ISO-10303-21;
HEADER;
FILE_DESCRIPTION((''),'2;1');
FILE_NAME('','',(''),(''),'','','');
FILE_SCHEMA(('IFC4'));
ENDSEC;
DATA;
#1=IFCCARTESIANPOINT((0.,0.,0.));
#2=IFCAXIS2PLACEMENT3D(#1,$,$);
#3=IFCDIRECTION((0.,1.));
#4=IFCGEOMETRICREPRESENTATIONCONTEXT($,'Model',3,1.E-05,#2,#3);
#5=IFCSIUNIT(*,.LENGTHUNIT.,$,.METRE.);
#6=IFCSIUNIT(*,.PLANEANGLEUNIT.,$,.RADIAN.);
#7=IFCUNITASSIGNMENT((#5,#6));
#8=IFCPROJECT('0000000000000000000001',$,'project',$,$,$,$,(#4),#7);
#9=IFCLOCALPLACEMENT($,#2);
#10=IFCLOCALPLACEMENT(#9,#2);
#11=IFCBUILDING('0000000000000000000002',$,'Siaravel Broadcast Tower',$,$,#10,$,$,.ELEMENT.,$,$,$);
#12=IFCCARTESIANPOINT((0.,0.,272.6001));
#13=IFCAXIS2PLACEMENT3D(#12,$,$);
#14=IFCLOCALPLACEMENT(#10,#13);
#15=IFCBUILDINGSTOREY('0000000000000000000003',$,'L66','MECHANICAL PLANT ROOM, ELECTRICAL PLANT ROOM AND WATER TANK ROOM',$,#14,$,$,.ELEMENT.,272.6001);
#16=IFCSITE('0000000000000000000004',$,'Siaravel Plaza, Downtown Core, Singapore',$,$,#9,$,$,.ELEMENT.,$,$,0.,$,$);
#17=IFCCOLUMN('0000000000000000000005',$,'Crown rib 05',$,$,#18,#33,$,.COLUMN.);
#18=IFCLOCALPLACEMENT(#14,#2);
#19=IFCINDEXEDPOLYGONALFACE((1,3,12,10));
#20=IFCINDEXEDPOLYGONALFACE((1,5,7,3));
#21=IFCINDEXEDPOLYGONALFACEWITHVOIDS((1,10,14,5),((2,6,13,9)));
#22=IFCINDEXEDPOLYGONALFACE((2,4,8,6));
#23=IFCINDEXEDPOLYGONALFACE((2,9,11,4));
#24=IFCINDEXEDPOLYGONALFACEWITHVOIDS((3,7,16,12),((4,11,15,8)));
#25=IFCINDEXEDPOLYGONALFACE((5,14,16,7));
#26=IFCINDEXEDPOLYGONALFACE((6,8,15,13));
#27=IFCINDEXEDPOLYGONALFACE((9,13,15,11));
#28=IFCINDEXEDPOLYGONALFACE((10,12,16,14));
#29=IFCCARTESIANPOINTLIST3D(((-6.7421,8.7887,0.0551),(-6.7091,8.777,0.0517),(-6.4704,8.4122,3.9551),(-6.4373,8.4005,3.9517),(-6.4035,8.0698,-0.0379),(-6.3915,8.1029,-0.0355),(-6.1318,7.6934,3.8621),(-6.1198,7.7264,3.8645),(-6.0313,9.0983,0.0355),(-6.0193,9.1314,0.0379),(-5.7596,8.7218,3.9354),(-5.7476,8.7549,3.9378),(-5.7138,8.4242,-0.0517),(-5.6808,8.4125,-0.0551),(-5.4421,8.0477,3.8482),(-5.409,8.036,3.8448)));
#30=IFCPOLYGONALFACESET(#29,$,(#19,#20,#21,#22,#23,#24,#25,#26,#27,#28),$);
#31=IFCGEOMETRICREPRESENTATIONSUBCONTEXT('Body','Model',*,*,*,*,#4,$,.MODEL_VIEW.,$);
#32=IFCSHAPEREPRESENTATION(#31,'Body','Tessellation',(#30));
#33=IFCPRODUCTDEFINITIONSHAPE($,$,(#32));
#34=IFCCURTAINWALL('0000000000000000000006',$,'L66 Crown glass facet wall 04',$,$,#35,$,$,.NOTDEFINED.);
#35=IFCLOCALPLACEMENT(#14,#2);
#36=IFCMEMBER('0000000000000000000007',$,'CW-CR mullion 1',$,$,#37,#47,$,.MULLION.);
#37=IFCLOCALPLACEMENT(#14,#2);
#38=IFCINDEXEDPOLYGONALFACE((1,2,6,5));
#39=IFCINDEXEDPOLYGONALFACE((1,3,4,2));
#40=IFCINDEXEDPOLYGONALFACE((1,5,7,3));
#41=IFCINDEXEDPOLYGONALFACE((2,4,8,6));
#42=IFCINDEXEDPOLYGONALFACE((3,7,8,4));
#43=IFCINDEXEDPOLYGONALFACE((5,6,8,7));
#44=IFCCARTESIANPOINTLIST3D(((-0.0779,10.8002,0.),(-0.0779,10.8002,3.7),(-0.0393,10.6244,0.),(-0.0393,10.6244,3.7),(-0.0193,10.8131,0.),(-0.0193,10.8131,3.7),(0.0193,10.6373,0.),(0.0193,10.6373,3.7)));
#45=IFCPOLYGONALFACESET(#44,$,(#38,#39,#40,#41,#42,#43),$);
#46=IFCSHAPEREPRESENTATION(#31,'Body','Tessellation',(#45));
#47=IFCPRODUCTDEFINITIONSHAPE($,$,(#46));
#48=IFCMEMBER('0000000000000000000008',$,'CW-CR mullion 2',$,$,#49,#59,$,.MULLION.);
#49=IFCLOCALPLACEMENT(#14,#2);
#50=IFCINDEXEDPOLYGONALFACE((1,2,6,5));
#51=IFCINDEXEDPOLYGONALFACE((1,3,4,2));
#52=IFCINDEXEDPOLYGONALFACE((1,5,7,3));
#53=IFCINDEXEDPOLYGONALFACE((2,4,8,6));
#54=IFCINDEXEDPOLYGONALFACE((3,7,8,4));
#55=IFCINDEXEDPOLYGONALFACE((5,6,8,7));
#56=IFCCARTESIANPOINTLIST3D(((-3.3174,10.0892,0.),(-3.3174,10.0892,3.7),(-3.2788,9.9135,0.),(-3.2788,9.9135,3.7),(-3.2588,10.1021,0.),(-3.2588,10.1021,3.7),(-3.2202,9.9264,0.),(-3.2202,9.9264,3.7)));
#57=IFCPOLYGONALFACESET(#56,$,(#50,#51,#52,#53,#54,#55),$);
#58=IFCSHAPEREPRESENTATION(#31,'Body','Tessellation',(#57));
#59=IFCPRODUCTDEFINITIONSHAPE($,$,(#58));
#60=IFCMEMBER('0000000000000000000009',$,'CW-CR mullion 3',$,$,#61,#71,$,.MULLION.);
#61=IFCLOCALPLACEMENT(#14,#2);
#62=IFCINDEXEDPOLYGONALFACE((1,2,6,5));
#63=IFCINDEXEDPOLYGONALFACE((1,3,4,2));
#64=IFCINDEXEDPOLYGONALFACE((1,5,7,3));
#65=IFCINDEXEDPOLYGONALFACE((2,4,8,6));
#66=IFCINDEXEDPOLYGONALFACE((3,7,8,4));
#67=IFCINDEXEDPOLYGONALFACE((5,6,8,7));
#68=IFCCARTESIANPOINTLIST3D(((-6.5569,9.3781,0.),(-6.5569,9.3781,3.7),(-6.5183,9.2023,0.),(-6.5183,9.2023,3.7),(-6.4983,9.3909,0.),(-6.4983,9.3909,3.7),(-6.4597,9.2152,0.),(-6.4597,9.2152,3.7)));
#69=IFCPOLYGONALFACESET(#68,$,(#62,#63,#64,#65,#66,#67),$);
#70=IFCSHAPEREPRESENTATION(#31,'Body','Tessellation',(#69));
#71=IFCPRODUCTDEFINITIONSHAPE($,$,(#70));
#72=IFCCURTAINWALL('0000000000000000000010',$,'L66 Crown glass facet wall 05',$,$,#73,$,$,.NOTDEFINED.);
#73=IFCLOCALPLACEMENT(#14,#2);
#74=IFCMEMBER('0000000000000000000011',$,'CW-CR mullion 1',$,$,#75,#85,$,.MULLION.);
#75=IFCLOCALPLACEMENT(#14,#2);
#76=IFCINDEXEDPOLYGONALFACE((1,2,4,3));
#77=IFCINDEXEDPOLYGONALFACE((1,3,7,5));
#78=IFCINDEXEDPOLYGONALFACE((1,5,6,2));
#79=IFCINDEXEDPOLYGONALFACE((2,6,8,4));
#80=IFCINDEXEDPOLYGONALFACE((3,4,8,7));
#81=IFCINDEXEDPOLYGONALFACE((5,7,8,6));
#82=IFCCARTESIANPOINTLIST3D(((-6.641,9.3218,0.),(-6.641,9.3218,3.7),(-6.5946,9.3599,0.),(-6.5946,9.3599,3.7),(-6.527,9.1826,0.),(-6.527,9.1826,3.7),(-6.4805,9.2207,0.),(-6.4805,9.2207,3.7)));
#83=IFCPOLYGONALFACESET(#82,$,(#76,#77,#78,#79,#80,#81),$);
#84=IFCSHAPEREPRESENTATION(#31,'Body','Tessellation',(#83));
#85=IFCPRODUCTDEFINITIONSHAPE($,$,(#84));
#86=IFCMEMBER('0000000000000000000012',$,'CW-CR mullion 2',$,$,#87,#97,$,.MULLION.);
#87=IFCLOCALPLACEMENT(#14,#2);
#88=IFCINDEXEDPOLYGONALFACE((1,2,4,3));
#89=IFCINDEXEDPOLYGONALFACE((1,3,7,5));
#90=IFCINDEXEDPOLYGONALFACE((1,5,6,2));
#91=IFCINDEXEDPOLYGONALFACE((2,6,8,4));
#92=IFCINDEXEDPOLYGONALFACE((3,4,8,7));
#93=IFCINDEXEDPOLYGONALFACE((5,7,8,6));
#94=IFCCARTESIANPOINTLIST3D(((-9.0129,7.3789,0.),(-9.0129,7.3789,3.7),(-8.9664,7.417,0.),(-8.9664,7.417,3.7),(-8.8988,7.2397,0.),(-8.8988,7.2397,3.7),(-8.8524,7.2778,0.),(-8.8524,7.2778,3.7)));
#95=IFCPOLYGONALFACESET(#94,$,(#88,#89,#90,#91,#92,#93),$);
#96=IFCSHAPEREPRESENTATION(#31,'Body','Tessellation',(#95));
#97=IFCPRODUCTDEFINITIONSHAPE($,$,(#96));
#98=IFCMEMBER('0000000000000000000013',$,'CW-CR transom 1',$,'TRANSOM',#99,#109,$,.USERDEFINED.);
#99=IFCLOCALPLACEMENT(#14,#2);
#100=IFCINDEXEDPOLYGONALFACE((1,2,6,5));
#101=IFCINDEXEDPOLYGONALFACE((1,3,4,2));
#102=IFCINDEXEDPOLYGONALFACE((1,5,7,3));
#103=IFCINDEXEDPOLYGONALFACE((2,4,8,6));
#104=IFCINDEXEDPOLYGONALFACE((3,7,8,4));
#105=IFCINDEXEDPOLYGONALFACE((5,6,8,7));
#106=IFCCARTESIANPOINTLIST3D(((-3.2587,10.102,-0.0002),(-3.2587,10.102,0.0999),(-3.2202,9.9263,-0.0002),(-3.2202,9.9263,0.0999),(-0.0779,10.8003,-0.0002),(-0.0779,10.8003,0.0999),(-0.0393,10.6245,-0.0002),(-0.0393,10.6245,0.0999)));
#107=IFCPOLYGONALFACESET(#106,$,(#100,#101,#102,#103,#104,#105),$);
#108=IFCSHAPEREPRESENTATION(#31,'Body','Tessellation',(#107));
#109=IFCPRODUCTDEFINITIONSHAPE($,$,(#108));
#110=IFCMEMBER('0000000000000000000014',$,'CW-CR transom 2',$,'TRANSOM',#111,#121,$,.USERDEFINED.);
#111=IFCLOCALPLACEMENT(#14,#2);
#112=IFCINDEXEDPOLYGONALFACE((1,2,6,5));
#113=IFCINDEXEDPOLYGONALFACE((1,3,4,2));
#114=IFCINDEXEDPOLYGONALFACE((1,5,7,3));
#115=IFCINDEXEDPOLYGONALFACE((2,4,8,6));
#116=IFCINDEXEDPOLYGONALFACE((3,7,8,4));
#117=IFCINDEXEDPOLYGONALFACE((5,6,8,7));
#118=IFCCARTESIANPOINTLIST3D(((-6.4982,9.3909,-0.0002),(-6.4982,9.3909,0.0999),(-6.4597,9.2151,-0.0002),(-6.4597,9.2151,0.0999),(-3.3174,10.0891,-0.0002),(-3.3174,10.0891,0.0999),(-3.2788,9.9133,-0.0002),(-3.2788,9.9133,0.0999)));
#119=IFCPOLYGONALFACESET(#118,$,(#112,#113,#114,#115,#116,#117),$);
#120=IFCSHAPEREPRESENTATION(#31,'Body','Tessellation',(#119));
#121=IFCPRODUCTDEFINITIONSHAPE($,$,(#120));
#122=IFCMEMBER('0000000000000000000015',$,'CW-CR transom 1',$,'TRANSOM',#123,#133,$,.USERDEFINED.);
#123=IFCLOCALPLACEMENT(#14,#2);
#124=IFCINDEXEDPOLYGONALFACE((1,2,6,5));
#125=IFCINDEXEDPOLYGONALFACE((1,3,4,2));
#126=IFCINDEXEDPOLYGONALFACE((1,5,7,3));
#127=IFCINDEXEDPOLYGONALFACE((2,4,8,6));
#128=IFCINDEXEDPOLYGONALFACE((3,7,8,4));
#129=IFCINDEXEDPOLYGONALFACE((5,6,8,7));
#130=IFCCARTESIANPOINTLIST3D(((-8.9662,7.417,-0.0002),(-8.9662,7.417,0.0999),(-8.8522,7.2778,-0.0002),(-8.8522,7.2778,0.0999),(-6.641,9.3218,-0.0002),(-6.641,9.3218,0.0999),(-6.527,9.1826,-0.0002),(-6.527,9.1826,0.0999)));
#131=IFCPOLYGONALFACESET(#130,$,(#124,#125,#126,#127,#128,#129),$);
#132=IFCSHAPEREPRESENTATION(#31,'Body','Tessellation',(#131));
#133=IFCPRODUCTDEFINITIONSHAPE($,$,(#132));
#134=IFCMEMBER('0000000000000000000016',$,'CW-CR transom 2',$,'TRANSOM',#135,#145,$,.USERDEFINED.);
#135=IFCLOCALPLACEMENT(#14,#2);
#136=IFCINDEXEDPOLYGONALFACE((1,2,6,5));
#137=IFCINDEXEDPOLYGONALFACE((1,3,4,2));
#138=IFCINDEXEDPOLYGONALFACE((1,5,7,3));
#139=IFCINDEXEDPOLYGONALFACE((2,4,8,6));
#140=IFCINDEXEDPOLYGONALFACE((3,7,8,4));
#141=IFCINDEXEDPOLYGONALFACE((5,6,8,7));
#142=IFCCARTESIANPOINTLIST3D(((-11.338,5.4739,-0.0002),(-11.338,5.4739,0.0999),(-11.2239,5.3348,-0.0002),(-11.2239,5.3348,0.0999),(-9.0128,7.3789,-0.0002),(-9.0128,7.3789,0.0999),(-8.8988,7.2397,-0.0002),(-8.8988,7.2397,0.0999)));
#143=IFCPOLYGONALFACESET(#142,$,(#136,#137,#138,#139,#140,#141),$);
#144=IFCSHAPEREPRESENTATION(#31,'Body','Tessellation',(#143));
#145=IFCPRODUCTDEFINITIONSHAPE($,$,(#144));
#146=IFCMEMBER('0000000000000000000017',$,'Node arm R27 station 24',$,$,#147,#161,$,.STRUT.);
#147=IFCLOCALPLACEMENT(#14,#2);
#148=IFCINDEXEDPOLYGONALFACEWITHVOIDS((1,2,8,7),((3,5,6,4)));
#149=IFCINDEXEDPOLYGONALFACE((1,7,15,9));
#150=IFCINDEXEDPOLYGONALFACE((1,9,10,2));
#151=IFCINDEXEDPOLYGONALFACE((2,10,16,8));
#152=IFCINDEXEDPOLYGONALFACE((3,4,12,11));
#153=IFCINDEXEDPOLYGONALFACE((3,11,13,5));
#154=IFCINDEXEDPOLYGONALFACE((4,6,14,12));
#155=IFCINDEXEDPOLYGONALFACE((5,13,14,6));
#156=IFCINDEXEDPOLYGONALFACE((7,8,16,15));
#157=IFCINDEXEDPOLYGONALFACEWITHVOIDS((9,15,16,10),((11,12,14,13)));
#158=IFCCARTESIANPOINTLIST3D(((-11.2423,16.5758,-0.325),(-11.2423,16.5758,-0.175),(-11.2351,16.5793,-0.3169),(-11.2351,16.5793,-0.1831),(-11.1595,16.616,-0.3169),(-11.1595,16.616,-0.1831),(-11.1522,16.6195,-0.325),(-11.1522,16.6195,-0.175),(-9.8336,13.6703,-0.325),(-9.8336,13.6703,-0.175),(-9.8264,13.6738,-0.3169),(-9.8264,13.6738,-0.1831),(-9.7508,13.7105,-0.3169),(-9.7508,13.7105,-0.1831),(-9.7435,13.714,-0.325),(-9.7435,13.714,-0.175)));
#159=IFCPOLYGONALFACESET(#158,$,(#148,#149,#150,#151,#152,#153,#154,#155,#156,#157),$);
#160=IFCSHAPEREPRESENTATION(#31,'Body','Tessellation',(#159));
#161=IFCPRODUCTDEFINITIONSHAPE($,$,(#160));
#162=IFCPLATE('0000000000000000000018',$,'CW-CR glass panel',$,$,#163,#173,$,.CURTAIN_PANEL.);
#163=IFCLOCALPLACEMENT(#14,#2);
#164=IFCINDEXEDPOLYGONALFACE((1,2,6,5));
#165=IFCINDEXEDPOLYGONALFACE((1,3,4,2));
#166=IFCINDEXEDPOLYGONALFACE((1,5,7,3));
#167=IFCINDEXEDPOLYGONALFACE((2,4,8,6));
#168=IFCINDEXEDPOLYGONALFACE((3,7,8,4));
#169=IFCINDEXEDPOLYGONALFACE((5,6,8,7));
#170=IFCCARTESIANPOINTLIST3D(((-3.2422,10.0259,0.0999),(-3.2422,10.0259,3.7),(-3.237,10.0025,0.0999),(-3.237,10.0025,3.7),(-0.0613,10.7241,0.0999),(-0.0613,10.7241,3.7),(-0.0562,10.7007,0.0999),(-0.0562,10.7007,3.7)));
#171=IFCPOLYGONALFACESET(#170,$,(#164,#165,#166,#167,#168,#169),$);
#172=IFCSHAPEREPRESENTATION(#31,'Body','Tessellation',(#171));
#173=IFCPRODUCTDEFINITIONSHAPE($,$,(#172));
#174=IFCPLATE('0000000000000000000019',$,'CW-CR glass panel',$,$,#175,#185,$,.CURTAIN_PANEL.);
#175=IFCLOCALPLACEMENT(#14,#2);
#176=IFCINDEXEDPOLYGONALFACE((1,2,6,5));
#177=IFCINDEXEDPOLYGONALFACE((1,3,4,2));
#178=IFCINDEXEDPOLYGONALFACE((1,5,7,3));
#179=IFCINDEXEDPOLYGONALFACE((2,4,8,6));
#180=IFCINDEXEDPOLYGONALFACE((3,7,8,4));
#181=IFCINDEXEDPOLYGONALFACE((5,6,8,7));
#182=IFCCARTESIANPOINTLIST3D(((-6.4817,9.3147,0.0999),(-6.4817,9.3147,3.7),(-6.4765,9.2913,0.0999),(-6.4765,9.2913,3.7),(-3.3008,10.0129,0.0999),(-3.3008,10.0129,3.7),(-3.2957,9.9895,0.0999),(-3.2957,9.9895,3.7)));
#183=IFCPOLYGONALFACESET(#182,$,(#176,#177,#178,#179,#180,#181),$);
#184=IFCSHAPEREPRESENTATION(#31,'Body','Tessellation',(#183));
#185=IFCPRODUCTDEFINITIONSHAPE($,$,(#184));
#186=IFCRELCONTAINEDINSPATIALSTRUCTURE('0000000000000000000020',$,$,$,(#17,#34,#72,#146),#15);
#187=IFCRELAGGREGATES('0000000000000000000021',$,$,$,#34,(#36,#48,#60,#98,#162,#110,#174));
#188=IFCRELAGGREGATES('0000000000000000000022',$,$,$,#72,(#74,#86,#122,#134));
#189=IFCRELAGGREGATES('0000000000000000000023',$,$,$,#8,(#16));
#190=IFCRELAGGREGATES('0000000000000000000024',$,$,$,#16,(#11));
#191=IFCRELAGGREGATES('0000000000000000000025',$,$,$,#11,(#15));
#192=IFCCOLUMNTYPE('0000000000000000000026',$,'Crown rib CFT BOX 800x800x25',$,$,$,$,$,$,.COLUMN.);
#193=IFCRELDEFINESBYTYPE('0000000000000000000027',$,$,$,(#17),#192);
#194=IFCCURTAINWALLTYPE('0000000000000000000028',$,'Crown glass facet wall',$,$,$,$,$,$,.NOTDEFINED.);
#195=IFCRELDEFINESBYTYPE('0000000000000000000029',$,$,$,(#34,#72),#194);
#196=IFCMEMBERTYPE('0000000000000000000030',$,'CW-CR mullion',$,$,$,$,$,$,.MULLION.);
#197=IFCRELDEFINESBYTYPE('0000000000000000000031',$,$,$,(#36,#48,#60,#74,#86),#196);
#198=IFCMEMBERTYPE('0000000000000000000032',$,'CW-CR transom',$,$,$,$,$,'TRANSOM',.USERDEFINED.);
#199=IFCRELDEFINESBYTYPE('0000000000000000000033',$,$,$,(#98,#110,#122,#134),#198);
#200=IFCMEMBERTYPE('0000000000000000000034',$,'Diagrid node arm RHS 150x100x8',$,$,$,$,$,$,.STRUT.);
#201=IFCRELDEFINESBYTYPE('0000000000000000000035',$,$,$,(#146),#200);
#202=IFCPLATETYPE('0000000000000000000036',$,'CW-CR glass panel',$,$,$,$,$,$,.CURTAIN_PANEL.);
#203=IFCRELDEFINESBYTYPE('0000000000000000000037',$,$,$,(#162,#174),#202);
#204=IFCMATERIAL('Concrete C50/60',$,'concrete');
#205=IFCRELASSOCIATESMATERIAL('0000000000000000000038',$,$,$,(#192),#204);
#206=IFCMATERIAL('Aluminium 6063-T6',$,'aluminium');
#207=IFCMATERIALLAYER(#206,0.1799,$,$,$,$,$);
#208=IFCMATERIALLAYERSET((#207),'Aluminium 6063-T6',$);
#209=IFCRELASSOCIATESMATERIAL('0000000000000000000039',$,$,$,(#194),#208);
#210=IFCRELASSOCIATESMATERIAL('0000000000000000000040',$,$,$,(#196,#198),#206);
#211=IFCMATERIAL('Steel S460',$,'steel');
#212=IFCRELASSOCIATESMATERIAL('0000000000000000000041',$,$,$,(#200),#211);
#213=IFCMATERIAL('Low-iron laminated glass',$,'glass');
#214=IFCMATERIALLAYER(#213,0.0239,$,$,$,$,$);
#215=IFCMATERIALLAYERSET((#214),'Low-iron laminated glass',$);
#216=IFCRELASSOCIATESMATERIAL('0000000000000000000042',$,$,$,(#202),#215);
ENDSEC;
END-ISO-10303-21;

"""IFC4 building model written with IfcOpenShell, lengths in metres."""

from ifc_helpers import new_model, si_unit, direction, frame, origin, origin_2d, place, context, subcontext, project, spatial, rectangle, hollow_rectangle, extrude, material, layer, layer_set, material_profile, profile_set, type_object, element, aggregate, save


model = new_model("IFC4")

# Units and contexts
model_context = context("Model", 3, precision=1e-05, world=origin(), true_north=direction((0.0, 1.0)))
body_context = subcontext(model_context, "Body", "Model", "MODEL_VIEW")
ifc_project = project(units=[si_unit("LENGTHUNIT", "METRE"), si_unit("PLANEANGLEUNIT", "RADIAN")], contexts=[model_context])

# Site, building, storey
site_placement = place(None, origin())
site = spatial("IfcSite", under=ifc_project, at=site_placement, Name="Siaravel Plaza, Downtown Core, Singapore", CompositionType="ELEMENT", RefElevation=0.0)
building_placement = place(site_placement, origin())
building = spatial("IfcBuilding", under=site, at=building_placement, Name="Siaravel Broadcast Tower", CompositionType="ELEMENT")
storey_placement = place(building_placement, frame((0.0, 0.0, 272.6001)))
storey = spatial("IfcBuildingStorey", under=building, at=storey_placement, Name="L66", Description="MECHANICAL PLANT ROOM, ELECTRICAL PLANT ROOM AND WATER TANK ROOM", CompositionType="ELEMENT", Elevation=272.6001)

# Column
ifc_material_1 = material(Name="Concrete C50/60", Category="concrete")
ifc_material_profile_1 = material_profile(ifc_material_1, hollow_rectangle(XDim=0.8, YDim=0.8, WallThickness=0.0249, at=origin_2d()))
ifc_profile_set_1 = profile_set([ifc_material_profile_1], Name="Concrete C50/60")
column_type = type_object("IfcColumnType", Name="Crown rib CFT BOX 800x800x25", PredefinedType="COLUMN", material=ifc_profile_set_1)
column_placement = place(storey_placement, frame((-6.2114, 8.6006, 0.0), z_axis=(0.069187, -0.095855, 0.992988), x_axis=(0.903382, 0.428292, -0.0216)))
element("IfcColumn", 1, at=column_placement, inside=storey, type_object=column_type, Name="Crown rib 05", PredefinedType="COLUMN", context=body_context, shape_type="SweptSolid", body=[
    extrude(hollow_rectangle(XDim=0.8, YDim=0.8, WallThickness=0.0249, at=origin_2d()), origin(), (0.0, 0.0, 1.0), 3.9275),
])

# Curtain walls, members
ifc_material_2 = material(Name="Aluminium 6063-T6", Category="aluminium")
ifc_layer_1 = layer(ifc_material_2, 0.1799)
ifc_layer_set_1 = layer_set([ifc_layer_1], Name="Aluminium 6063-T6")
curtain_wall_type = type_object("IfcCurtainWallType", Name="Crown glass facet wall", PredefinedType="NOTDEFINED", material=ifc_layer_set_1)
curtain_wall_1_placement = place(storey_placement, origin())
curtain_wall_1 = element("IfcCurtainWall", 2, at=curtain_wall_1_placement, inside=storey, type_object=curtain_wall_type, Name="L66 Crown glass facet wall 04", PredefinedType="NOTDEFINED")
ifc_material_profile_2 = material_profile(ifc_material_2, rectangle(XDim=0.1799, YDim=0.0601, at=origin_2d()))
ifc_profile_set_2 = profile_set([ifc_material_profile_2], Name="Aluminium 6063-T6")
member_type_1 = type_object("IfcMemberType", Name="CW-CR mullion", PredefinedType="MULLION", material=ifc_profile_set_2)
member_1_placement = place(storey_placement, frame((-0.0293, 10.7188, 0.0), z_axis=(0.0, 0.0, 1.0), x_axis=(0.214394, -0.976747, 0.0)))
member_1 = element("IfcMember", 3, at=member_1_placement, type_object=member_type_1, Name="CW-CR mullion 1", PredefinedType="MULLION", context=body_context, shape_type="SweptSolid", body=[
    extrude(rectangle(XDim=0.1799, YDim=0.0601, at=origin_2d()), origin(), (0.0, 0.0, 1.0), 3.7),
])
member_2_placement = place(storey_placement, frame((-3.2688, 10.0078, 0.0), z_axis=(0.0, 0.0, 1.0), x_axis=(0.214394, -0.976747, 0.0)))
member_2 = element("IfcMember", 4, at=member_2_placement, type_object=member_type_1, Name="CW-CR mullion 2", PredefinedType="MULLION", context=body_context, shape_type="SweptSolid", body=[
    extrude(rectangle(XDim=0.1799, YDim=0.0601, at=origin_2d()), origin(), (0.0, 0.0, 1.0), 3.7),
])
member_3_placement = place(storey_placement, frame((-6.5083, 9.2966, 0.0), z_axis=(0.0, 0.0, 1.0), x_axis=(0.214394, -0.976747, 0.0)))
member_3 = element("IfcMember", 5, at=member_3_placement, type_object=member_type_1, Name="CW-CR mullion 3", PredefinedType="MULLION", context=body_context, shape_type="SweptSolid", body=[
    extrude(rectangle(XDim=0.1799, YDim=0.0601, at=origin_2d()), origin(), (0.0, 0.0, 1.0), 3.7),
])
curtain_wall_2_placement = place(storey_placement, origin())
curtain_wall_2 = element("IfcCurtainWall", 6, at=curtain_wall_2_placement, inside=storey, type_object=curtain_wall_type, Name="L66 Crown glass facet wall 05", PredefinedType="NOTDEFINED")
member_4_placement = place(storey_placement, frame((-6.5608, 9.2712, 0.0), z_axis=(0.0, 0.0, 1.0), x_axis=(0.633712, -0.773569, 0.0)))
member_4 = element("IfcMember", 7, at=member_4_placement, type_object=member_type_1, Name="CW-CR mullion 1", PredefinedType="MULLION", context=body_context, shape_type="SweptSolid", body=[
    extrude(rectangle(XDim=0.1799, YDim=0.0601, at=origin_2d()), origin(), (0.0, 0.0, 1.0), 3.7),
])
member_5_placement = place(storey_placement, frame((-8.9326, 7.3284, 0.0), z_axis=(0.0, 0.0, 1.0), x_axis=(0.633712, -0.773569, 0.0)))
member_5 = element("IfcMember", 8, at=member_5_placement, type_object=member_type_1, Name="CW-CR mullion 2", PredefinedType="MULLION", context=body_context, shape_type="SweptSolid", body=[
    extrude(rectangle(XDim=0.1799, YDim=0.0601, at=origin_2d()), origin(), (0.0, 0.0, 1.0), 3.7),
])

# Members
ifc_material_profile_3 = material_profile(ifc_material_2, rectangle(XDim=0.1799, YDim=0.1001, at=origin_2d()))
ifc_profile_set_3 = profile_set([ifc_material_profile_3], Name="Aluminium 6063-T6")
member_type_2 = type_object("IfcMemberType", Name="CW-CR transom", ElementType="TRANSOM", PredefinedType="USERDEFINED", material=ifc_profile_set_3)
member_6_placement = place(storey_placement, frame((-0.0586, 10.7124, 0.0498), z_axis=(-0.976745, -0.214406, 0.0), x_axis=(0.214406, -0.976745, 0.0)))
member_6 = element("IfcMember", 9, at=member_6_placement, type_object=member_type_2, Name="CW-CR transom 1", ObjectType="TRANSOM", PredefinedType="USERDEFINED", context=body_context, shape_type="SweptSolid", body=[
    extrude(rectangle(XDim=0.1799, YDim=0.1001, at=origin_2d()), origin(), (0.0, 0.0, 1.0), 3.2566),
])
member_7_placement = place(storey_placement, frame((-3.2981, 10.0012, 0.0498), z_axis=(-0.976745, -0.214406, 0.0), x_axis=(0.214406, -0.976745, 0.0)))
member_7 = element("IfcMember", 10, at=member_7_placement, type_object=member_type_2, Name="CW-CR transom 2", ObjectType="TRANSOM", PredefinedType="USERDEFINED", context=body_context, shape_type="SweptSolid", body=[
    extrude(rectangle(XDim=0.1799, YDim=0.1001, at=origin_2d()), origin(), (0.0, 0.0, 1.0), 3.2566),
])
member_8_placement = place(storey_placement, frame((-6.584, 9.2522, 0.0498), z_axis=(-0.773574, -0.633707, 0.0), x_axis=(0.633707, -0.773574, 0.0)))
member_8 = element("IfcMember", 11, at=member_8_placement, type_object=member_type_2, Name="CW-CR transom 1", ObjectType="TRANSOM", PredefinedType="USERDEFINED", context=body_context, shape_type="SweptSolid", body=[
    extrude(rectangle(XDim=0.1799, YDim=0.1001, at=origin_2d()), origin(), (0.0, 0.0, 1.0), 3.0059),
])
member_9_placement = place(storey_placement, frame((-8.9558, 7.3093, 0.0498), z_axis=(-0.773534, -0.633755, 0.0), x_axis=(0.633755, -0.773534, 0.0)))
member_9 = element("IfcMember", 12, at=member_9_placement, type_object=member_type_2, Name="CW-CR transom 2", ObjectType="TRANSOM", PredefinedType="USERDEFINED", context=body_context, shape_type="SweptSolid", body=[
    extrude(rectangle(XDim=0.1799, YDim=0.1001, at=origin_2d()), origin(), (0.0, 0.0, 1.0), 3.0059),
])
ifc_material_3 = material(Name="Steel S460", Category="steel")
ifc_material_profile_4 = material_profile(ifc_material_3, hollow_rectangle(XDim=0.1001, YDim=0.1499, WallThickness=0.0081, at=origin_2d()))
ifc_profile_set_4 = profile_set([ifc_material_profile_4], Name="Steel S460")
member_type_3 = type_object("IfcMemberType", Name="Diagrid node arm RHS 150x100x8", PredefinedType="STRUT", material=ifc_profile_set_4)
member_10_placement = place(storey_placement, frame((-9.7886, 13.6921, -0.25), z_axis=(-0.436262, 0.89982, 0.0), x_axis=(-0.89982, -0.436262, 0.0)))
element("IfcMember", 13, at=member_10_placement, inside=storey, type_object=member_type_3, Name="Node arm R27 station 24", PredefinedType="STRUT", context=body_context, shape_type="SweptSolid", body=[
    extrude(hollow_rectangle(XDim=0.1001, YDim=0.1499, WallThickness=0.0081, at=origin_2d()), origin(), (0.0, 0.0, 1.0), 3.229),
])

# Plates
ifc_material_4 = material(Name="Low-iron laminated glass", Category="glass")
ifc_layer_2 = layer(ifc_material_4, 0.0239)
ifc_layer_set_2 = layer_set([ifc_layer_2], Name="Low-iron laminated glass")
plate_type = type_object("IfcPlateType", Name="CW-CR glass panel", PredefinedType="CURTAIN_PANEL", material=ifc_layer_set_2)
plate_1_placement = place(storey_placement, frame((-1.6492, 10.3633, 0.0999), z_axis=(0.0, 0.0, 1.0), x_axis=(-0.976747, -0.214394, 0.0)))
plate_1 = element("IfcPlate", 14, at=plate_1_placement, type_object=plate_type, Name="CW-CR glass panel", PredefinedType="CURTAIN_PANEL", context=body_context, shape_type="SweptSolid", body=[
    extrude(rectangle(XDim=3.2566, YDim=0.0239, at=origin_2d()), origin(), (0.0, 0.0, 1.0), 3.6001),
])
plate_2_placement = place(storey_placement, frame((-4.8887, 9.6521, 0.0999), z_axis=(0.0, 0.0, 1.0), x_axis=(-0.976747, -0.214394, 0.0)))
plate_2 = element("IfcPlate", 15, at=plate_2_placement, type_object=plate_type, Name="CW-CR glass panel", PredefinedType="CURTAIN_PANEL", context=body_context, shape_type="SweptSolid", body=[
    extrude(rectangle(XDim=3.2566, YDim=0.0239, at=origin_2d()), origin(), (0.0, 0.0, 1.0), 3.6001),
])
aggregate(curtain_wall_1, [member_1, member_2, member_3, member_6, plate_1, member_7, plate_2])
aggregate(curtain_wall_2, [member_4, member_5, member_8, member_9])

save(model, "model.ifc")
